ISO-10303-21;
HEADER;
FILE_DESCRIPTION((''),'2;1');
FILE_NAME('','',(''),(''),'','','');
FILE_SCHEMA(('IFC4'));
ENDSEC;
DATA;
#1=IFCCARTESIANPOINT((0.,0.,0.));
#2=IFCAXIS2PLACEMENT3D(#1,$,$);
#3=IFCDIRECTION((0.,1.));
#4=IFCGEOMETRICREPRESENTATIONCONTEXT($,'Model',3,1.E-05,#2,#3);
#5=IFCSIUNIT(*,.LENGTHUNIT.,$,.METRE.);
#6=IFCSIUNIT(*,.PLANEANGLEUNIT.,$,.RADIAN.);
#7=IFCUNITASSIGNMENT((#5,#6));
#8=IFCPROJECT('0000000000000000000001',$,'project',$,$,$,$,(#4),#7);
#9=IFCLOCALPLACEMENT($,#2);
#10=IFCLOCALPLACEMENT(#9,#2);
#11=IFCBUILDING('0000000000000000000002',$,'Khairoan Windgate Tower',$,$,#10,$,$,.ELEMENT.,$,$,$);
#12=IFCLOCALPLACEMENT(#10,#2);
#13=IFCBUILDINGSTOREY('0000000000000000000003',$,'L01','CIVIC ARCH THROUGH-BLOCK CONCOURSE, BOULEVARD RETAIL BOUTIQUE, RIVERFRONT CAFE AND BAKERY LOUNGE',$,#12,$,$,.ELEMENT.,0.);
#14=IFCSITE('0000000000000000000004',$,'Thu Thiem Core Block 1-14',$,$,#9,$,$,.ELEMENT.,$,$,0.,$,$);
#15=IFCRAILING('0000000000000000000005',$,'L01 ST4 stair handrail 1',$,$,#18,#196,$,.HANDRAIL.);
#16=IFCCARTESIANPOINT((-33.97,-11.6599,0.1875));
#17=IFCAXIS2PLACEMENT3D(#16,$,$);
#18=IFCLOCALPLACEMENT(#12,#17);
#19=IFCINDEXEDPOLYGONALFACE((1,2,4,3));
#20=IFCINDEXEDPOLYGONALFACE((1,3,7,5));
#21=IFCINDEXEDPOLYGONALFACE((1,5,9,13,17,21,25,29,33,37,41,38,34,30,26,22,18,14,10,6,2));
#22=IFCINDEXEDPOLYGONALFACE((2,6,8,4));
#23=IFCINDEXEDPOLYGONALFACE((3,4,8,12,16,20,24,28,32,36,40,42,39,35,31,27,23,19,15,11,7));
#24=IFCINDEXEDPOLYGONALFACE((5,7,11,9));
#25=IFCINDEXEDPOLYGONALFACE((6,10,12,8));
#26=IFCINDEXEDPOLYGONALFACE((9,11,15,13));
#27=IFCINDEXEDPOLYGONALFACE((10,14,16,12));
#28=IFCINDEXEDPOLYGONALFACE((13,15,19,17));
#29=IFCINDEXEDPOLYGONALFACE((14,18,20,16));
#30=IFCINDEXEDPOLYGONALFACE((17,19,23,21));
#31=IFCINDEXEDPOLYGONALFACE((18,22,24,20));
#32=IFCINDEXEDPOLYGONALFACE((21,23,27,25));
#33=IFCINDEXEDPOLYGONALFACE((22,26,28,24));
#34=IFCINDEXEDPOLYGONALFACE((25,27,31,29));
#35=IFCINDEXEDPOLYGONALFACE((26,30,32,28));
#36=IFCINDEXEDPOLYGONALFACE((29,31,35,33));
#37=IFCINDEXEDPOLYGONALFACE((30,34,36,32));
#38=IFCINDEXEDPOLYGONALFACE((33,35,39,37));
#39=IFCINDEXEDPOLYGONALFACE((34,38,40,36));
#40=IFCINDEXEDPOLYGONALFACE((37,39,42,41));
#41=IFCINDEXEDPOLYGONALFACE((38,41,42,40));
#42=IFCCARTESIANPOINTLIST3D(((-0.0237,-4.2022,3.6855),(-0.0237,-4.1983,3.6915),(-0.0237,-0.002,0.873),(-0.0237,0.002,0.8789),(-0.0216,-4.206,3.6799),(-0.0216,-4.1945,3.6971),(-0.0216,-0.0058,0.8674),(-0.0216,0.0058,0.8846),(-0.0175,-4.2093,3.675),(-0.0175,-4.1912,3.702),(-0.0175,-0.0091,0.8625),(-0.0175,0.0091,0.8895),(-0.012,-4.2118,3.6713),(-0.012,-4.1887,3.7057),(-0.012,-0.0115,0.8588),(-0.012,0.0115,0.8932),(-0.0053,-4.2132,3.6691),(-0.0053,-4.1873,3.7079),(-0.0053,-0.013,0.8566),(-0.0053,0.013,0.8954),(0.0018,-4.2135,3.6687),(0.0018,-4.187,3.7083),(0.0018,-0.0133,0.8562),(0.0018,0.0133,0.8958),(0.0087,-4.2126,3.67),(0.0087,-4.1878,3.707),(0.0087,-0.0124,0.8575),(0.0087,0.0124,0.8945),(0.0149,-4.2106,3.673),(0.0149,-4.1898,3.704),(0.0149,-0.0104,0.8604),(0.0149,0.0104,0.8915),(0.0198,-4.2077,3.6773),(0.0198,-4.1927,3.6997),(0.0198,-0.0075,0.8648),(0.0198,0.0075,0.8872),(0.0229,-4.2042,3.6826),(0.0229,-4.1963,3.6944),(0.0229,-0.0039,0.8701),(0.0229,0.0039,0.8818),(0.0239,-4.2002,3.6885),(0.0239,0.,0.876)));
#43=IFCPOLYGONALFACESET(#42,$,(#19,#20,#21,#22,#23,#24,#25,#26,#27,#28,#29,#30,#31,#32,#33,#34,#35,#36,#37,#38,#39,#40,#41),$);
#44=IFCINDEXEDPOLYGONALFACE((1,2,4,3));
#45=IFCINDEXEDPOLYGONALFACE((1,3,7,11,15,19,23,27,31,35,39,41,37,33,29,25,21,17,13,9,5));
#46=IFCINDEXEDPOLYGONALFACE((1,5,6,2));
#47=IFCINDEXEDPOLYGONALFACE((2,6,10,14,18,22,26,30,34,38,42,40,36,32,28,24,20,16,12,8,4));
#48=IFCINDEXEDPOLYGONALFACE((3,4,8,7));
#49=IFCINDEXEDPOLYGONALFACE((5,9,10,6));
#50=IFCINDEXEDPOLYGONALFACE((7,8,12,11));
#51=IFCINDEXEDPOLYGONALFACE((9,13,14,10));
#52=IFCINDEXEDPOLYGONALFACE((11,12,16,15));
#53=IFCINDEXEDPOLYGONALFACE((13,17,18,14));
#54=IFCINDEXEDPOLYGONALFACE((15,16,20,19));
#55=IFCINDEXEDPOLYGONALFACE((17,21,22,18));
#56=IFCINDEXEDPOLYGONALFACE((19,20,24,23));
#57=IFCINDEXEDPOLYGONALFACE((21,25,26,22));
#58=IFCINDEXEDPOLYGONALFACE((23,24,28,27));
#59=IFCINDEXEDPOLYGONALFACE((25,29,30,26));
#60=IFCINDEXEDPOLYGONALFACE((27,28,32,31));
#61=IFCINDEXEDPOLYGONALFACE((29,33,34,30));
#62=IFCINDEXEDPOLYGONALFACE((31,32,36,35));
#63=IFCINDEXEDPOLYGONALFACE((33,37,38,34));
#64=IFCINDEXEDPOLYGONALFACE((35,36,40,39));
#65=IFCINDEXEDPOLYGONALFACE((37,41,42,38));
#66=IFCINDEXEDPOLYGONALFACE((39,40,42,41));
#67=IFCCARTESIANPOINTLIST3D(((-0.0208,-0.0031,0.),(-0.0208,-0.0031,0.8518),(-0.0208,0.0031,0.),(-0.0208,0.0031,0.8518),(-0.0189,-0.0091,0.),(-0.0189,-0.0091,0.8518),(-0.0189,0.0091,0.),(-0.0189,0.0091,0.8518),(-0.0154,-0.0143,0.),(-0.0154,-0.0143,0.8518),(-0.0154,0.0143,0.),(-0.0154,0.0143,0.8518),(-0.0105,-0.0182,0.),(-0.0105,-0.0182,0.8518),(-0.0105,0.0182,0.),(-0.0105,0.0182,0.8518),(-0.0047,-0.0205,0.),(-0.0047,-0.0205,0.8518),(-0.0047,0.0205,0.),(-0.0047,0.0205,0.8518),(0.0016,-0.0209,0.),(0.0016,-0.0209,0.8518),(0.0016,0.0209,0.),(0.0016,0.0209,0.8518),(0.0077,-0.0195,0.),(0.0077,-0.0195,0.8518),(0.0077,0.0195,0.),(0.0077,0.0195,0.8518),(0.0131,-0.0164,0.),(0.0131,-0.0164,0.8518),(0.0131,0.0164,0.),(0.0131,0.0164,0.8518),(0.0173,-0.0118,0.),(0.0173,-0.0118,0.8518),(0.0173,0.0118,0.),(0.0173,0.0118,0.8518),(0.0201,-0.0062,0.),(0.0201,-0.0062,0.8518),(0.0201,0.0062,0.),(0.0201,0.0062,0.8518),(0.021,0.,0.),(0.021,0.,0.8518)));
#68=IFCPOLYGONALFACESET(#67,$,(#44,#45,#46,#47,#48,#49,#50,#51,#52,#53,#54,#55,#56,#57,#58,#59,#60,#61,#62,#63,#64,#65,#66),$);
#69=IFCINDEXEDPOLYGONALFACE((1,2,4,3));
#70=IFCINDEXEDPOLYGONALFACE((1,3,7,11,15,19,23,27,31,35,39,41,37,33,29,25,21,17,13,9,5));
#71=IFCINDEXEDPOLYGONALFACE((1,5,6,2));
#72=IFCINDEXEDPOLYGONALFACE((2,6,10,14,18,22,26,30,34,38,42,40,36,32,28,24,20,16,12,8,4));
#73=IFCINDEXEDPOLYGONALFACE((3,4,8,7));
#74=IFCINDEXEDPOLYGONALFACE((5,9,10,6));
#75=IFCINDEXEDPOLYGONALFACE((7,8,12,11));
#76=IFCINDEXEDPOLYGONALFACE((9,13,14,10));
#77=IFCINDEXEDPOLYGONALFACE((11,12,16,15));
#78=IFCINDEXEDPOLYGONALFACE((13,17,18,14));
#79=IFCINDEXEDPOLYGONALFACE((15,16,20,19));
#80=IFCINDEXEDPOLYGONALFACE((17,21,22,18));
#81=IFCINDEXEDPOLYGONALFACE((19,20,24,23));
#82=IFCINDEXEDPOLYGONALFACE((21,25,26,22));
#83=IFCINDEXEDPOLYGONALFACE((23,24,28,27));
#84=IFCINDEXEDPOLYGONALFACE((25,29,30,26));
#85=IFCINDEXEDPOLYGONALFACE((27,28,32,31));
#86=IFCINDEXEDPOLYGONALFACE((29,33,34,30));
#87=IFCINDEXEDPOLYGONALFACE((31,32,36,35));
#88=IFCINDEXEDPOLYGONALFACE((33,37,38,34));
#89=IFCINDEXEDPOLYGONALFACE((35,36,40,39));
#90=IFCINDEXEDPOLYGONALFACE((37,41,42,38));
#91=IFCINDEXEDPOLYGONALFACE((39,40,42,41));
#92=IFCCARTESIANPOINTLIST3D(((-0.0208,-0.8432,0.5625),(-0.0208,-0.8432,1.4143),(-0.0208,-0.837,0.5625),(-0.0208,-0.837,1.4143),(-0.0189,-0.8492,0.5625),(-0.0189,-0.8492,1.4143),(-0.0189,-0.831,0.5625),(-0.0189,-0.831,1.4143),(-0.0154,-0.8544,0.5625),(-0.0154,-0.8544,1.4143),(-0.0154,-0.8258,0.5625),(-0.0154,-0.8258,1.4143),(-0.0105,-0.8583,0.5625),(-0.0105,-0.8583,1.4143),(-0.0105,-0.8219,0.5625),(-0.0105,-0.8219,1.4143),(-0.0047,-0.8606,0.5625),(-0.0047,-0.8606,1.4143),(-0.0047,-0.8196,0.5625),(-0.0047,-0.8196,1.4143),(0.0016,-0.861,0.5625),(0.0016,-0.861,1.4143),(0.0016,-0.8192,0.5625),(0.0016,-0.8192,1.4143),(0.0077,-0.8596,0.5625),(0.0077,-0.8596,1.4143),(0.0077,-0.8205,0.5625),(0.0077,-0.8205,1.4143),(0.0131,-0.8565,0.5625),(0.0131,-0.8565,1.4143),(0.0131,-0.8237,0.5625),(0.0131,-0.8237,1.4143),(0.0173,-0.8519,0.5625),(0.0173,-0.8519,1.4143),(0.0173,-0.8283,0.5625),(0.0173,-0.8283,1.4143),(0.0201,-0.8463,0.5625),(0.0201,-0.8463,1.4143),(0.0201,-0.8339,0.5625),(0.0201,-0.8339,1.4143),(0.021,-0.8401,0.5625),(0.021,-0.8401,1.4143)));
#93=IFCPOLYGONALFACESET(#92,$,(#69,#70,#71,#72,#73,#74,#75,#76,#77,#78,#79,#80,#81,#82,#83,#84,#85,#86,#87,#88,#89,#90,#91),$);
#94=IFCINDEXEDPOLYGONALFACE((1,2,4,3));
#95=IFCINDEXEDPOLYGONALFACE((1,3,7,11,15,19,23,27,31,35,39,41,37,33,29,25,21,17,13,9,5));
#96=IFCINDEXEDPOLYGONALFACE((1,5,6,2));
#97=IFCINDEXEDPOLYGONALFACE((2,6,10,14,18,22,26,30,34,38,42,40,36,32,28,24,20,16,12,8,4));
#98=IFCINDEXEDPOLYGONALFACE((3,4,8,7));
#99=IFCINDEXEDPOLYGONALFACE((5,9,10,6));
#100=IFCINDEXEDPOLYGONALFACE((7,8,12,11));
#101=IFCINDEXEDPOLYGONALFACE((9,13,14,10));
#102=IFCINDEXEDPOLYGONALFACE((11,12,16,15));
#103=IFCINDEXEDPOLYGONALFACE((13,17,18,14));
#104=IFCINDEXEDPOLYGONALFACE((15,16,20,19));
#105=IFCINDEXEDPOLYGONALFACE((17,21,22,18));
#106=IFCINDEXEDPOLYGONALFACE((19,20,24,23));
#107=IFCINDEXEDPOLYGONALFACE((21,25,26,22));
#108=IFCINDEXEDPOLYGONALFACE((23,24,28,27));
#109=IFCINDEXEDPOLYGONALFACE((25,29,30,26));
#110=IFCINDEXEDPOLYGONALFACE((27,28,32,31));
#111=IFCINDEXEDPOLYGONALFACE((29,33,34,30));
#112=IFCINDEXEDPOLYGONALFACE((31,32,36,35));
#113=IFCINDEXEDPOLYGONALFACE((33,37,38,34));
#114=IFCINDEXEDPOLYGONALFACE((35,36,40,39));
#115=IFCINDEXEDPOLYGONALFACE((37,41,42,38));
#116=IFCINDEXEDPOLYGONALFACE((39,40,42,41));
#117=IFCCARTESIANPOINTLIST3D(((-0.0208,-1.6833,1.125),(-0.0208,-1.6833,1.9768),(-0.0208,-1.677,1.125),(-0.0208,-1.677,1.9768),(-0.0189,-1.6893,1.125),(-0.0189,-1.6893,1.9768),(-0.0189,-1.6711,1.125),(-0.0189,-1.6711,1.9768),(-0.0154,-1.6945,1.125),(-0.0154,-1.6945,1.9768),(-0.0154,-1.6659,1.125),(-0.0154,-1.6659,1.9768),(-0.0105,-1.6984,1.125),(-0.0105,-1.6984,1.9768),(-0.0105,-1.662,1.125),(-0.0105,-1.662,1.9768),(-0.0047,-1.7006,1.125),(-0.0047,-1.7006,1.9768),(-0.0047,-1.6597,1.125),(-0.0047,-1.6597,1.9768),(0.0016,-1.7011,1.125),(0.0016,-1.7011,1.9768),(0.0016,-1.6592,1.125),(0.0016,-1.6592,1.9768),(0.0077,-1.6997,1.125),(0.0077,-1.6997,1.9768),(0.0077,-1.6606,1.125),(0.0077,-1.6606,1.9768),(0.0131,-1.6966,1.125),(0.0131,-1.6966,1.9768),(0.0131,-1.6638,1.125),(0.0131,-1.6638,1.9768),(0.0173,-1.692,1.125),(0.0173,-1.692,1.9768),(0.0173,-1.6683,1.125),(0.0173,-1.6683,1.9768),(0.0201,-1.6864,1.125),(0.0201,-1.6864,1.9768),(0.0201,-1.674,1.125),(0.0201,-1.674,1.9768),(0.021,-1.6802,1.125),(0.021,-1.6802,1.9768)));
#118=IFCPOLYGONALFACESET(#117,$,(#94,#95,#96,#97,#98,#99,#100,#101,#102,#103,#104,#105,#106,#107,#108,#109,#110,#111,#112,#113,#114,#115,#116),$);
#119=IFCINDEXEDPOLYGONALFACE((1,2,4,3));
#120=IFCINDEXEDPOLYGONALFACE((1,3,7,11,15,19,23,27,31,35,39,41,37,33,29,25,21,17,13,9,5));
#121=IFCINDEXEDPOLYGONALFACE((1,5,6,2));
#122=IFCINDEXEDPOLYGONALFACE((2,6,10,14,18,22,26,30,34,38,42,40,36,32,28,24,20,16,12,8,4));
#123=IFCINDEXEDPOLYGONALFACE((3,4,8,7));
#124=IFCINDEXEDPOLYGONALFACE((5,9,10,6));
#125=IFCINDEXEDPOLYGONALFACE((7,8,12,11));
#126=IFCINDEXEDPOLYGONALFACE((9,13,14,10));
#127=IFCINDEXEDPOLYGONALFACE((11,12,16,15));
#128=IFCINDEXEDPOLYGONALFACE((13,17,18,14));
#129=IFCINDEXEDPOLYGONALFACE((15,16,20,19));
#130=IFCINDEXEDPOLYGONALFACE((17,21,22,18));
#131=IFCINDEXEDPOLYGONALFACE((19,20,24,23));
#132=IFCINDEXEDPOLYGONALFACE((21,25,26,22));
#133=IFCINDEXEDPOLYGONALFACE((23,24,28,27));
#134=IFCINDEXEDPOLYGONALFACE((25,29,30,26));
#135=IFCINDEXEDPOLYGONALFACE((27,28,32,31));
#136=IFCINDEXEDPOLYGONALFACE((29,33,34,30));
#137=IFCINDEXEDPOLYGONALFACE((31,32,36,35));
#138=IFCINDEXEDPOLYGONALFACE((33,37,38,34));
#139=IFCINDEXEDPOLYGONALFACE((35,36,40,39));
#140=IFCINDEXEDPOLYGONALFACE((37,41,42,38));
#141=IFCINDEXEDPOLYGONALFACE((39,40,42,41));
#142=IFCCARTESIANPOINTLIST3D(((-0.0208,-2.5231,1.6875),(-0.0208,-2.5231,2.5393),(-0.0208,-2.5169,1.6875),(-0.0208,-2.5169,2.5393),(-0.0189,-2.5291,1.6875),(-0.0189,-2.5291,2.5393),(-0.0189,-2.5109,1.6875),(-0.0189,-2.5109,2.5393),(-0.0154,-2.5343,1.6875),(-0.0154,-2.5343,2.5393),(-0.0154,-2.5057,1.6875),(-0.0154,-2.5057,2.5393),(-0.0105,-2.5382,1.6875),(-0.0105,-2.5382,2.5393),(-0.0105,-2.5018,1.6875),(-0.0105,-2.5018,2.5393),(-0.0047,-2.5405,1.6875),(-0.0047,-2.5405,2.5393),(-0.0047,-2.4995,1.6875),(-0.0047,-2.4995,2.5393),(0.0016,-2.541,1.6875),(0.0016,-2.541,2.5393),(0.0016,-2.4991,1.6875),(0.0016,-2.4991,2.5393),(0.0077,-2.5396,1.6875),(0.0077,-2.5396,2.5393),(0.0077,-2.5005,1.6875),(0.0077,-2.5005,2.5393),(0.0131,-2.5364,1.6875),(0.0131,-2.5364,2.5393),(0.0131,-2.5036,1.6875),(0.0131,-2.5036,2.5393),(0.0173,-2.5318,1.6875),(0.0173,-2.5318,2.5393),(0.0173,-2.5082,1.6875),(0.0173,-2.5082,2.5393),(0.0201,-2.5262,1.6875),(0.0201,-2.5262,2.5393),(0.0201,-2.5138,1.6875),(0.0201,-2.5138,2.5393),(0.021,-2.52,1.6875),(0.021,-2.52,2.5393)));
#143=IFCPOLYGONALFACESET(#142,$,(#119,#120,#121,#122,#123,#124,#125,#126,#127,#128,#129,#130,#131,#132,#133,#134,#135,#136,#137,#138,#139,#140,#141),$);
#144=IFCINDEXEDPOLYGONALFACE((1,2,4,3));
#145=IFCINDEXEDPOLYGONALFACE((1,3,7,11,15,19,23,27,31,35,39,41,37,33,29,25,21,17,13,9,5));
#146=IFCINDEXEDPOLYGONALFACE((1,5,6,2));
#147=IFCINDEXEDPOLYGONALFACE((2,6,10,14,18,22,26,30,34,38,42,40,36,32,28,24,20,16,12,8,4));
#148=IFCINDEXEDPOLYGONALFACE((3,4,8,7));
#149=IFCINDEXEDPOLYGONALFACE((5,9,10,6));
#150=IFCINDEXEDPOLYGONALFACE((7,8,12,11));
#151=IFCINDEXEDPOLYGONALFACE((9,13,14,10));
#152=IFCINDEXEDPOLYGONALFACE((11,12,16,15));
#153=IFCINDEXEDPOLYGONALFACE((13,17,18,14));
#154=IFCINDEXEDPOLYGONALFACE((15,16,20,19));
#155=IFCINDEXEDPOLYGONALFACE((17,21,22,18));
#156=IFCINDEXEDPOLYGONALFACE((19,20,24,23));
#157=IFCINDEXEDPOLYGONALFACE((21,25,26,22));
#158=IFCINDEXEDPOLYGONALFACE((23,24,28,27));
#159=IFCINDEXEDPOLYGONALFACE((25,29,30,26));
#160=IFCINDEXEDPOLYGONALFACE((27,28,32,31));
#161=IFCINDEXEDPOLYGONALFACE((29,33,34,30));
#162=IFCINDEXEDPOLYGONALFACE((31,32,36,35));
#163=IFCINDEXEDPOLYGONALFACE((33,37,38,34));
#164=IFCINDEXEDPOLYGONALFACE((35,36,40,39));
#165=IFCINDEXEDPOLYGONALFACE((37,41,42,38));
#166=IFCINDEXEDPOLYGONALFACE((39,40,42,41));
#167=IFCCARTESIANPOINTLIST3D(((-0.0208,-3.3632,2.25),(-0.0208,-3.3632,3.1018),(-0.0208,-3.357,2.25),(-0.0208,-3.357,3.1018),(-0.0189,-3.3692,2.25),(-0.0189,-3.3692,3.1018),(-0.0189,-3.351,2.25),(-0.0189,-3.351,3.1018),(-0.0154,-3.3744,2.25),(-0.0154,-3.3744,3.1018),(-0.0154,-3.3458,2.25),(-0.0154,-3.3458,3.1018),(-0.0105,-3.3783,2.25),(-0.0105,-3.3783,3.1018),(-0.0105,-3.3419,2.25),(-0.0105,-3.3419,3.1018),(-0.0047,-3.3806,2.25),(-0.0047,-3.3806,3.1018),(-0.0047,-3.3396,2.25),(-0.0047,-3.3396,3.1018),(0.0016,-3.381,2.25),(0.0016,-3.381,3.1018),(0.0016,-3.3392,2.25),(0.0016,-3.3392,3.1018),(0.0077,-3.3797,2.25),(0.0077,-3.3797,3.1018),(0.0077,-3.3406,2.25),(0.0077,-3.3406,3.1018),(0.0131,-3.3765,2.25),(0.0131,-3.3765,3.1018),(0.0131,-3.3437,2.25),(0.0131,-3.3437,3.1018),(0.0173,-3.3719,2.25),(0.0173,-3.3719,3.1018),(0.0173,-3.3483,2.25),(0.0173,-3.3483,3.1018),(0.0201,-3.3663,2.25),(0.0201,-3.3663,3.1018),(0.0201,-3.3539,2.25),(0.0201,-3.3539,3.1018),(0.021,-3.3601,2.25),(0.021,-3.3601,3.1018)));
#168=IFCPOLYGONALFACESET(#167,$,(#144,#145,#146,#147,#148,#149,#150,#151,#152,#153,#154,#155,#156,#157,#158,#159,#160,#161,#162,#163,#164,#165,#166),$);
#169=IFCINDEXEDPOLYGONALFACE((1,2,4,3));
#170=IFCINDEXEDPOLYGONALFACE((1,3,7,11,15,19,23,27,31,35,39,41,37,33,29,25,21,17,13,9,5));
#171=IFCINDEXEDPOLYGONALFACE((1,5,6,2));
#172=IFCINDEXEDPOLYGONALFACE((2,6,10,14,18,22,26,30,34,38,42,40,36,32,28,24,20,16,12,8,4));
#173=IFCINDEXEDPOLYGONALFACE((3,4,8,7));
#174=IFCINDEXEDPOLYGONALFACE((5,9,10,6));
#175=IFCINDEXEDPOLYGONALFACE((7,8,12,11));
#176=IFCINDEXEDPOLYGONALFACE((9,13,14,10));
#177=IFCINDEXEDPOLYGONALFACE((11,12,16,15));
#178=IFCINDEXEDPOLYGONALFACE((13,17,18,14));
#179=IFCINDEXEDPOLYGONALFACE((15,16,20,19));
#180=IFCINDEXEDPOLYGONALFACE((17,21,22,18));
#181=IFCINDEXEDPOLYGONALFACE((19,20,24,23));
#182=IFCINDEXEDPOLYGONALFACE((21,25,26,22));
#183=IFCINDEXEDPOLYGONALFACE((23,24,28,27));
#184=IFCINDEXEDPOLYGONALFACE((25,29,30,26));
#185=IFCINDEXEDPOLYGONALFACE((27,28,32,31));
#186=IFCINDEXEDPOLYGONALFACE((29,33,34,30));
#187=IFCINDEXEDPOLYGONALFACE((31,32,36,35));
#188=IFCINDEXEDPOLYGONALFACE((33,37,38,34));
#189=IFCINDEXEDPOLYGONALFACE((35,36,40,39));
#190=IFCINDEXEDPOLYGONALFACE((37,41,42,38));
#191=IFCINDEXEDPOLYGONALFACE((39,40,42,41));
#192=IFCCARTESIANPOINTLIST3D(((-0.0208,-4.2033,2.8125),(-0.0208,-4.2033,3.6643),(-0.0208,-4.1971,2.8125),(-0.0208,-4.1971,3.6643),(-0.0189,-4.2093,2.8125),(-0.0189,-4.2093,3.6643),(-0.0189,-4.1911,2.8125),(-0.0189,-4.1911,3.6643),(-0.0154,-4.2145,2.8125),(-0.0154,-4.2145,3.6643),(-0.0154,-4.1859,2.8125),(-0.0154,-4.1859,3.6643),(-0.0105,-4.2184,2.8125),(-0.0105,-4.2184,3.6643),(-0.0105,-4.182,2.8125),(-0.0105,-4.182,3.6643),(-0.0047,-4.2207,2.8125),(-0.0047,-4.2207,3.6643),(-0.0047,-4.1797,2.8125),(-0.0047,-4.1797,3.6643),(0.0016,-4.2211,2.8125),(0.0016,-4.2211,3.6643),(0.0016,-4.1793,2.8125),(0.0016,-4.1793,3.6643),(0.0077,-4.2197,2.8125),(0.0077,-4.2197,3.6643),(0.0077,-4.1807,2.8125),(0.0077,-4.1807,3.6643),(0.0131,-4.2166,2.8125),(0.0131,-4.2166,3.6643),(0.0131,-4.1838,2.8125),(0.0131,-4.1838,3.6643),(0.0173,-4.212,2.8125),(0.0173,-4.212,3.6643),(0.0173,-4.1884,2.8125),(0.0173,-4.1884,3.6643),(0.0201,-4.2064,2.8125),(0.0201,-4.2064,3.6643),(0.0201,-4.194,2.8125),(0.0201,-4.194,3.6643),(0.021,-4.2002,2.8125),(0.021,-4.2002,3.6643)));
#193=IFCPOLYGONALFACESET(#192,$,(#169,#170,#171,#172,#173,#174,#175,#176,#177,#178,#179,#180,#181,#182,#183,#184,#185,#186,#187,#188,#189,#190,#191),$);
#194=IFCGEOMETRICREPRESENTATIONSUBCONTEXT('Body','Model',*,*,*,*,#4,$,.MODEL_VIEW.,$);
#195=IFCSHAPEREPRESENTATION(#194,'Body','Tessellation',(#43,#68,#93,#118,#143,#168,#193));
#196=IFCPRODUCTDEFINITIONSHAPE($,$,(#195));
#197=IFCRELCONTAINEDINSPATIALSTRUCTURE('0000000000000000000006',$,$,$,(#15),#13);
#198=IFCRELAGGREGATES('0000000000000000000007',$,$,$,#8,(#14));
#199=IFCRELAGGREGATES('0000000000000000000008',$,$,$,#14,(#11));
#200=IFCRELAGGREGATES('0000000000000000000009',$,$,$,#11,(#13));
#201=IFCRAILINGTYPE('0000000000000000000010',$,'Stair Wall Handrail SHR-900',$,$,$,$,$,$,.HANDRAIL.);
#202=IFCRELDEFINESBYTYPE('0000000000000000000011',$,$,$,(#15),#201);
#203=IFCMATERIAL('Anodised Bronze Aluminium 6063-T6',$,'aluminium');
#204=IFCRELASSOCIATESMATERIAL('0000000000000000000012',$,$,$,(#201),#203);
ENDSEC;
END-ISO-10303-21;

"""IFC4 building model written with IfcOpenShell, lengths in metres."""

from ifc_helpers import new_model, si_unit, direction, frame, origin, origin_2d, place, context, subcontext, project, spatial, circle, extrude, material, type_object, element, save


model = new_model("IFC4")

# Units and contexts
model_context = context("Model", 3, precision=1e-05, world=origin(), true_north=direction((0.0, 1.0)))
body_context = subcontext(model_context, "Body", "Model", "MODEL_VIEW")
ifc_project = project(units=[si_unit("LENGTHUNIT", "METRE"), si_unit("PLANEANGLEUNIT", "RADIAN")], contexts=[model_context])

# Site, building, storey
site_placement = place(None, origin())
site = spatial("IfcSite", under=ifc_project, at=site_placement, Name="Thu Thiem Core Block 1-14", CompositionType="ELEMENT", RefElevation=0.0)
building_placement = place(site_placement, origin())
building = spatial("IfcBuilding", under=site, at=building_placement, Name="Khairoan Windgate Tower", CompositionType="ELEMENT")
storey_placement = place(building_placement, origin())
storey = spatial("IfcBuildingStorey", under=building, at=storey_placement, Name="L01", Description="CIVIC ARCH THROUGH-BLOCK CONCOURSE, BOULEVARD RETAIL BOUTIQUE, RIVERFRONT CAFE AND BAKERY LOUNGE", CompositionType="ELEMENT", Elevation=0.0)

# Railing
ifc_material_1 = material(Name="Anodised Bronze Aluminium 6063-T6", Category="aluminium")
railing_type_1 = type_object("IfcRailingType", Name="Stair Wall Handrail SHR-900", PredefinedType="HANDRAIL", material=ifc_material_1)
railing_1_placement = place(storey_placement, frame((-33.97, -11.6599, 0.1875)))
element("IfcRailing", 1, at=railing_1_placement, inside=storey, type_object=railing_type_1, Name="L01 ST4 stair handrail 1", PredefinedType="HANDRAIL", context=body_context, shape_type="SweptSolid", body=[
    extrude(circle(Radius=0.0239, at=origin_2d()), frame((0.0, 0.0, 0.876), z_axis=(0.0, -0.830919, 0.556393), x_axis=(1.0, 0.0, 0.0)), (0.0, 0.0, 1.0), 5.0549),
    extrude(circle(Radius=0.021, at=origin_2d()), origin(), (0.0, 0.0, 1.0), 0.8518),
    extrude(circle(Radius=0.021, at=origin_2d()), frame((0.0, -0.8401, 0.5625)), (0.0, 0.0, 1.0), 0.8518),
    extrude(circle(Radius=0.021, at=origin_2d()), frame((0.0, -1.6802, 1.125)), (0.0, 0.0, 1.0), 0.8518),
    extrude(circle(Radius=0.021, at=origin_2d()), frame((0.0, -2.52, 1.6875)), (0.0, 0.0, 1.0), 0.8518),
    extrude(circle(Radius=0.021, at=origin_2d()), frame((0.0, -3.3601, 2.25)), (0.0, 0.0, 1.0), 0.8518),
    extrude(circle(Radius=0.021, at=origin_2d()), frame((0.0, -4.2002, 2.8125)), (0.0, 0.0, 1.0), 0.8518),
])

save(model, "model.ifc")
